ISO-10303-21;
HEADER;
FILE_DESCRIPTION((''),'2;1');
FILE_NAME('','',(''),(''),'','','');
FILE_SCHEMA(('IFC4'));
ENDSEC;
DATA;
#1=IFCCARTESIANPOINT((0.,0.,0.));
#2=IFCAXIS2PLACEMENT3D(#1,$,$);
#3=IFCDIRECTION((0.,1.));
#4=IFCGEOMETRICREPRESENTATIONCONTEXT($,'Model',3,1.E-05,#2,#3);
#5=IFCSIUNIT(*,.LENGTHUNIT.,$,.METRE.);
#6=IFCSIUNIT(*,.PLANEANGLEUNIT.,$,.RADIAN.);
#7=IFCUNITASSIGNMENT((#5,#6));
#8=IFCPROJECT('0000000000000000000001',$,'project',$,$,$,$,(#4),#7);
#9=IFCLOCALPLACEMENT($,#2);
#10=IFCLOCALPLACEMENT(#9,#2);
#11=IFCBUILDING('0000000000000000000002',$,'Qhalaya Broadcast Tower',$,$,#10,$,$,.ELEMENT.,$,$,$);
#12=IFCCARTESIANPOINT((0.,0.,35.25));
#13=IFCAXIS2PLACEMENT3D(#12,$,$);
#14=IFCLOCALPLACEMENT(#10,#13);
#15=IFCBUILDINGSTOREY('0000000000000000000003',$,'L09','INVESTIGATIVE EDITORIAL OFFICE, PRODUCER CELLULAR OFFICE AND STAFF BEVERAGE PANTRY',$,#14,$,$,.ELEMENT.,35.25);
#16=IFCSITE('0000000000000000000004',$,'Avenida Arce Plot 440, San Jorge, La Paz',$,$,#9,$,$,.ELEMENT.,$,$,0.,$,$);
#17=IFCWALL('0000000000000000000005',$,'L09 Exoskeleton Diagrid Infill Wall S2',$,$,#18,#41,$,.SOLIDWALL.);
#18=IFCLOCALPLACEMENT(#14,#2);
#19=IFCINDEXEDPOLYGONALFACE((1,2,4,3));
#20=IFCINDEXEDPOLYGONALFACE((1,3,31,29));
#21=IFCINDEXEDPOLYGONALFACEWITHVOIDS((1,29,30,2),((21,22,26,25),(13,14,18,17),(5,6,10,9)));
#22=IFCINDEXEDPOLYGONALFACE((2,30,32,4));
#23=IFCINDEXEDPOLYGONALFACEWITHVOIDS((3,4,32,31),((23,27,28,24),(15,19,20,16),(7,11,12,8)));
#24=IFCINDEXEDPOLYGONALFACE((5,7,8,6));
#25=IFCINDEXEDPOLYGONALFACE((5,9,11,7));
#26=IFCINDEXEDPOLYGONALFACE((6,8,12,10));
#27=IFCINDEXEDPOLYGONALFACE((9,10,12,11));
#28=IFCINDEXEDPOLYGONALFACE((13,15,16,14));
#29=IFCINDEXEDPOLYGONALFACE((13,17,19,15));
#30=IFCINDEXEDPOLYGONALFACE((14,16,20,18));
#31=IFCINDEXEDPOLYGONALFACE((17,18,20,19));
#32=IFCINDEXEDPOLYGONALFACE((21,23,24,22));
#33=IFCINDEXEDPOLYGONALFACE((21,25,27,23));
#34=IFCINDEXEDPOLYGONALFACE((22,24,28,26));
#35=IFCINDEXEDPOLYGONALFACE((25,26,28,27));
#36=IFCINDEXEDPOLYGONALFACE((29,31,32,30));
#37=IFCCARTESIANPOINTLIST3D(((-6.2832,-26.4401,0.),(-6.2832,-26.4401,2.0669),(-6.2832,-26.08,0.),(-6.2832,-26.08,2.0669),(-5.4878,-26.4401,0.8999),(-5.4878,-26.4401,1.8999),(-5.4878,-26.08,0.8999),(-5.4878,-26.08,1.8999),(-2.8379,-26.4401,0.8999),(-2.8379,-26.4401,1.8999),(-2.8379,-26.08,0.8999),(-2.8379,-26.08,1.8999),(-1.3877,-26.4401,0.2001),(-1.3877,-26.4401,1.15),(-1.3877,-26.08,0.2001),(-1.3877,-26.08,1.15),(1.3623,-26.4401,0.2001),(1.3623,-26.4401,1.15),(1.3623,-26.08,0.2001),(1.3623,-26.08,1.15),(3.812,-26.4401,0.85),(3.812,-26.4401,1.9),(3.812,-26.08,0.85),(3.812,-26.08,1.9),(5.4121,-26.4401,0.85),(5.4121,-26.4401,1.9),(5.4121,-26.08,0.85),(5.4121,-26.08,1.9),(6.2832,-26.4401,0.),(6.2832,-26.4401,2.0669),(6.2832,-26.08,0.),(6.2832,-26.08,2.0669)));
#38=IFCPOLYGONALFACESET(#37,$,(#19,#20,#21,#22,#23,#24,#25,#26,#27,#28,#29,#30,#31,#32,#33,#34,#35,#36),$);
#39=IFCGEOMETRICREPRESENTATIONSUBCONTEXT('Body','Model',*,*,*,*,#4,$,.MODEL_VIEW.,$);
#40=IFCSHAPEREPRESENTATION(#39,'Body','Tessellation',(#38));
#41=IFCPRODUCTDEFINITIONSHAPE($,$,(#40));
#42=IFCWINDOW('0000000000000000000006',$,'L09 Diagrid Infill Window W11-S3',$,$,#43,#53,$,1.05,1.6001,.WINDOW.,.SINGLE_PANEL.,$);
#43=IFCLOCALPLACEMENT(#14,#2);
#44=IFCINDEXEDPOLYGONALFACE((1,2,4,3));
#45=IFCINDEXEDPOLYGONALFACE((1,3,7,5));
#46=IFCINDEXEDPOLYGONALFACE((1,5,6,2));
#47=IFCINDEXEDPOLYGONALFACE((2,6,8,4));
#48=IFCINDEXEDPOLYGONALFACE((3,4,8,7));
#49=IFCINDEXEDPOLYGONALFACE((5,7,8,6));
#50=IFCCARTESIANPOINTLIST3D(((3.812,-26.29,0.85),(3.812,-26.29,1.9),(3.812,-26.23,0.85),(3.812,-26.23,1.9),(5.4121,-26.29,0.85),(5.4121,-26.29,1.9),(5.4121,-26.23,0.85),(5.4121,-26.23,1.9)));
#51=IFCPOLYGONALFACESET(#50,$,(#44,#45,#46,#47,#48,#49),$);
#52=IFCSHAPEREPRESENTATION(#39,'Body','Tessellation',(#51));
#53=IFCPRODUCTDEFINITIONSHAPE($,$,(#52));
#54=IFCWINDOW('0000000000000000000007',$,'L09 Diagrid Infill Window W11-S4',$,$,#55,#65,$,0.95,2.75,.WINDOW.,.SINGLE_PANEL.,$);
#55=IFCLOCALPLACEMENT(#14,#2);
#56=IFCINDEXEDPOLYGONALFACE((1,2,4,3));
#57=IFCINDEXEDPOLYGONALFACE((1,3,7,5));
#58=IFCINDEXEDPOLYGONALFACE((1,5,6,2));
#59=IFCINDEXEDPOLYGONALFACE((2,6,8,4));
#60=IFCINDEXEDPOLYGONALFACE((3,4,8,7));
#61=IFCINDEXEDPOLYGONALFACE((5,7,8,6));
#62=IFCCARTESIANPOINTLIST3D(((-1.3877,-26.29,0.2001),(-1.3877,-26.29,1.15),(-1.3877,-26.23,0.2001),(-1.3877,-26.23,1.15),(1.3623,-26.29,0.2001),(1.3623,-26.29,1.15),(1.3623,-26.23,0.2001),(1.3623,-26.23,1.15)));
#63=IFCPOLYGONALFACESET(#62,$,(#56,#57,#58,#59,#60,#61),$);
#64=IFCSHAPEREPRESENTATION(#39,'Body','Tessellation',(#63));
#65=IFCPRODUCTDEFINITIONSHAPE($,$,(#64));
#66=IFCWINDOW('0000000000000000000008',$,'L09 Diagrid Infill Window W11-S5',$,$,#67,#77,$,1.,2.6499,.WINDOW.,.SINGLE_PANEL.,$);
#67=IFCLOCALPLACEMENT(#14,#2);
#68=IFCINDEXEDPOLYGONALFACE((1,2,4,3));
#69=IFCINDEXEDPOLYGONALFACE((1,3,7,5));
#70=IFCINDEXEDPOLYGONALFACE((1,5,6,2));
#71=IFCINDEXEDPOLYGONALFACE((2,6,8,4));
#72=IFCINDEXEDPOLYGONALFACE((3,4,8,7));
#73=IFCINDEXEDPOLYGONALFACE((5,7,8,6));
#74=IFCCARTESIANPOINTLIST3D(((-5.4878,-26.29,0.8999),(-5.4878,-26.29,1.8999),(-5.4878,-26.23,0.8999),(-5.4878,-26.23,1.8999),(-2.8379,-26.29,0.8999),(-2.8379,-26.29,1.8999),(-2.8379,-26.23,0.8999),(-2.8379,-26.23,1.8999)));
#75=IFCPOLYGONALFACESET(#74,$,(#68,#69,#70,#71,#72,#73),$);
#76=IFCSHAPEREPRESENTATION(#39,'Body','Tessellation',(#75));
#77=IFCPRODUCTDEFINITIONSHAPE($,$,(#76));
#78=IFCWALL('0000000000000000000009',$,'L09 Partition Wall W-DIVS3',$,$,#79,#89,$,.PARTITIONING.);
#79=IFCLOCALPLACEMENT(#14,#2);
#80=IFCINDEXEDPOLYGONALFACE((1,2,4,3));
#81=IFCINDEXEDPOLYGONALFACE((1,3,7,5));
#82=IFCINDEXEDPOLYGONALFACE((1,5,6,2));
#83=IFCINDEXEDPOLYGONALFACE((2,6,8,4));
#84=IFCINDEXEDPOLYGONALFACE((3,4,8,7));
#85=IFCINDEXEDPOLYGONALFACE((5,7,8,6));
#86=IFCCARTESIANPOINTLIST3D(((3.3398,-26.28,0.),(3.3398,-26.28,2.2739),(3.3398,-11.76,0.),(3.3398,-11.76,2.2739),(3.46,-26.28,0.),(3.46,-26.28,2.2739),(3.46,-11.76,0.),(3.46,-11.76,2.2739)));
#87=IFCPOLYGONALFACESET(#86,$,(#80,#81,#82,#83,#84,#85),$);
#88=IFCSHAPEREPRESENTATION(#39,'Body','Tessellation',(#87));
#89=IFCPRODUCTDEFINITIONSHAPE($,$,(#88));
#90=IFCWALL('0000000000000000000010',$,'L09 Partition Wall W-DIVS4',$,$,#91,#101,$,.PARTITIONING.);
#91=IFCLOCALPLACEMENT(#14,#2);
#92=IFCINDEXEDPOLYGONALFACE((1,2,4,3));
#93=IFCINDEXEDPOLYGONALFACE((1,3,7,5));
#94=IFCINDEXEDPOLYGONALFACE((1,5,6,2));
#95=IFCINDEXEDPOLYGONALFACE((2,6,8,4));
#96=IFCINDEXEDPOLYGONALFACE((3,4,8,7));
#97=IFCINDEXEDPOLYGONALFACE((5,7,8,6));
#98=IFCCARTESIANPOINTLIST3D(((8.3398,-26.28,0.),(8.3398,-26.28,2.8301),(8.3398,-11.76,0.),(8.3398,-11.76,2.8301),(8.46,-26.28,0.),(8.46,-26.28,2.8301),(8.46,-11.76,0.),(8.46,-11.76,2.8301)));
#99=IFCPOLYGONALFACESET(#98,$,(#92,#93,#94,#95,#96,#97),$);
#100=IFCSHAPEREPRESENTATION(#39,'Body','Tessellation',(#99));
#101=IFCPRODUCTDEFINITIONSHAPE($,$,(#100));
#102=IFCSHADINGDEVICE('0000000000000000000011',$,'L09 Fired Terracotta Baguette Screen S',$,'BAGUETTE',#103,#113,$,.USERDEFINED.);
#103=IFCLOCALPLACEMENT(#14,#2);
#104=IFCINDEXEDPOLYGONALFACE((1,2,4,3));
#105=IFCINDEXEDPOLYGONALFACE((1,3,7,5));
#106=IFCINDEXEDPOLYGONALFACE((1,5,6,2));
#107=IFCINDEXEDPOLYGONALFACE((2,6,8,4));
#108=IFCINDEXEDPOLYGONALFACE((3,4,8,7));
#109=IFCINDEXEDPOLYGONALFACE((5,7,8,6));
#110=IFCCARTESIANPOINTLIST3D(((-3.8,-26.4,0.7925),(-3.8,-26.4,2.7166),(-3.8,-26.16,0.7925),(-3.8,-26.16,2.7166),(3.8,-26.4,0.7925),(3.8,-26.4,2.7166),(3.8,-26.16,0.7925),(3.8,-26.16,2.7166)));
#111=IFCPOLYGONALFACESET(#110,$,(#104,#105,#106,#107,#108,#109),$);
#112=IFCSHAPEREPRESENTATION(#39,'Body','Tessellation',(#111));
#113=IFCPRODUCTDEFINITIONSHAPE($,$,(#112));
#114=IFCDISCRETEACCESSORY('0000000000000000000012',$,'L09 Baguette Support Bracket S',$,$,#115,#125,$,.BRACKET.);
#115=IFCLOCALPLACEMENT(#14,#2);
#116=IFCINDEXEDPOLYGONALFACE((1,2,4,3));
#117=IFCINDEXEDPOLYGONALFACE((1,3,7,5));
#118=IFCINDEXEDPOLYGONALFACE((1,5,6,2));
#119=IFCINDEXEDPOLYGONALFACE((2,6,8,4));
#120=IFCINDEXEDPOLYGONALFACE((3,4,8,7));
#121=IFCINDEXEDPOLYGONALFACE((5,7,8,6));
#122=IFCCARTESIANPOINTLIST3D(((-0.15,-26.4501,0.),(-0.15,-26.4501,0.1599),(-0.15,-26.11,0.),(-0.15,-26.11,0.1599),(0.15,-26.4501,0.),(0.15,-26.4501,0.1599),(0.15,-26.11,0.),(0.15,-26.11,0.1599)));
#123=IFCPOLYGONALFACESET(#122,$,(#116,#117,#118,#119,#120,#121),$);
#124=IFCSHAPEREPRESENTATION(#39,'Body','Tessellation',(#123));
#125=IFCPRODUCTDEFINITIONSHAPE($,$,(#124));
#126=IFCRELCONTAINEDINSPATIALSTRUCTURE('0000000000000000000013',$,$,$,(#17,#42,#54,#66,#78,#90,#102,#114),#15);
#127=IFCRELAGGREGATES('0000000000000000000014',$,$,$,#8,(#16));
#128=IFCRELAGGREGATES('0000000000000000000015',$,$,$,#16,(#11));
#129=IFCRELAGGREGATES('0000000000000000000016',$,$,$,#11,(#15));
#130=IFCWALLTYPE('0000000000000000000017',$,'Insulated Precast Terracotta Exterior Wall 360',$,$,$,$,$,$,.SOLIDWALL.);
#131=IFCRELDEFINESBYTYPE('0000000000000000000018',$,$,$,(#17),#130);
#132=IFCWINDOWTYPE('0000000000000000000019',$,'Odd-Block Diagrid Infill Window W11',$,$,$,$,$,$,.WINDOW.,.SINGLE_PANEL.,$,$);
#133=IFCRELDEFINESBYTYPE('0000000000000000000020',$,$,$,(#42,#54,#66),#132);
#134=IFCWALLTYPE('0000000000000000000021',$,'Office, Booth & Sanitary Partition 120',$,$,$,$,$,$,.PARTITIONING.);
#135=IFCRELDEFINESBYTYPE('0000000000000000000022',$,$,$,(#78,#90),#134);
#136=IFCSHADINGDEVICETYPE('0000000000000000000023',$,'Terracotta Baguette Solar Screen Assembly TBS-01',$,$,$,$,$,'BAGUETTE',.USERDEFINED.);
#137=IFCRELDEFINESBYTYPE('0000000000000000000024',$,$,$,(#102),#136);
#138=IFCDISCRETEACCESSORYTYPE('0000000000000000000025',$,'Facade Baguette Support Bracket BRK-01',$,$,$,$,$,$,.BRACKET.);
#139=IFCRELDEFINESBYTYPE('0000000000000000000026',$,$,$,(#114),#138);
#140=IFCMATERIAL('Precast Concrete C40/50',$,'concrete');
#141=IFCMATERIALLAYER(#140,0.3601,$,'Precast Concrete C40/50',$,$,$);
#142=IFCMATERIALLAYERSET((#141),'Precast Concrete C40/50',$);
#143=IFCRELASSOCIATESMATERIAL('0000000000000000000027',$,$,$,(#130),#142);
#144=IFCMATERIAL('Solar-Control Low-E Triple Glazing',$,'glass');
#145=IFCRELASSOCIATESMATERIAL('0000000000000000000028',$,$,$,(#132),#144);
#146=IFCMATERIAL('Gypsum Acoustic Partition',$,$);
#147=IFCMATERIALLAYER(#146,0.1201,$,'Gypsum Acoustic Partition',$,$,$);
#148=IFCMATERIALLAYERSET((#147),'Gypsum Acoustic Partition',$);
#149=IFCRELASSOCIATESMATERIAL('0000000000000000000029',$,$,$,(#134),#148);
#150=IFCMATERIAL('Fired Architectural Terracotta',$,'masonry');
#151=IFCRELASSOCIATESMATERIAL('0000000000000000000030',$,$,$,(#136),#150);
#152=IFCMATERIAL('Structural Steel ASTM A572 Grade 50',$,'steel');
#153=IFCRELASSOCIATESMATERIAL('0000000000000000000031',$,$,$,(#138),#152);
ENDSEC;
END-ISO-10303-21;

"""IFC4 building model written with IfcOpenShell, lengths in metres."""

from ifc_helpers import new_model, si_unit, direction, frame, frame_2d, origin, origin_2d, place, context, subcontext, project, spatial, rectangle, extrude, material, layer, layer_set, type_object, element, fill, save


model = new_model("IFC4")

# Units and contexts
model_context = context("Model", 3, precision=1e-05, world=origin(), true_north=direction((0.0, 1.0)))
body_context = subcontext(model_context, "Body", "Model", "MODEL_VIEW")
ifc_project = project(units=[si_unit("LENGTHUNIT", "METRE"), si_unit("PLANEANGLEUNIT", "RADIAN")], contexts=[model_context])

# Site, building, storey
site_placement = place(None, origin())
site = spatial("IfcSite", under=ifc_project, at=site_placement, Name="Avenida Arce Plot 440, San Jorge, La Paz", CompositionType="ELEMENT", RefElevation=0.0)
building_placement = place(site_placement, origin())
building = spatial("IfcBuilding", under=site, at=building_placement, Name="Qhalaya Broadcast Tower", CompositionType="ELEMENT")
storey_placement = place(building_placement, frame((0.0, 0.0, 35.25)))
storey = spatial("IfcBuildingStorey", under=building, at=storey_placement, Name="L09", Description="INVESTIGATIVE EDITORIAL OFFICE, PRODUCER CELLULAR OFFICE AND STAFF BEVERAGE PANTRY", CompositionType="ELEMENT", Elevation=35.25)

# Shared definitions
ifc_material_1 = material(Name="Structural Steel ASTM A572 Grade 50", Category="steel")

# Shared definitions
ifc_material_2 = material(Name="Gypsum Acoustic Partition")

# Wall, openings, windows
ifc_material_3 = material(Name="Precast Concrete C40/50", Category="concrete")
ifc_layer_1 = layer(ifc_material_3, 0.3601, Name="Precast Concrete C40/50")
ifc_layer_set_1 = layer_set([ifc_layer_1], Name="Precast Concrete C40/50")
wall_type_1 = type_object("IfcWallType", Name="Insulated Precast Terracotta Exterior Wall 360", PredefinedType="SOLIDWALL", material=ifc_layer_set_1)
wall_1_placement = place(storey_placement, frame((6.2832, -26.26, 0.0), z_axis=(0.0, 0.0, 1.0), x_axis=(-1.0, 0.0, 0.0)))
wall_1 = element("IfcWall", 1, at=wall_1_placement, inside=storey, type_object=wall_type_1, Name="L09 Exoskeleton Diagrid Infill Wall S2", PredefinedType="SOLIDWALL", context=body_context, shape_type="SweptSolid", body=[
    extrude(rectangle(XDim=12.5664, YDim=0.3601, at=frame_2d((6.2832, 0.0))), origin(), (0.0, 0.0, 1.0), 2.0669),
])
opening_1_placement = place(wall_1_placement, frame((0.8711, 0.0, 0.8501)))
opening_1 = element("IfcOpeningElement", 2, at=opening_1_placement, cuts=wall_1, PredefinedType="OPENING", context=body_context, shape_type="SweptSolid", body=[
    extrude(rectangle(XDim=1.6001, YDim=1.05, at=frame_2d((0.8, 0.5249))), frame((0.0, 0.1921, 0.0), z_axis=(0.0, -1.0, 0.0), x_axis=(1.0, 0.0, 0.0)), (0.0, 0.0, 1.0), 0.384),
])
opening_2_placement = place(wall_1_placement, frame((4.9209, 0.0, 0.2)))
opening_2 = element("IfcOpeningElement", 3, at=opening_2_placement, cuts=wall_1, PredefinedType="OPENING", context=body_context, shape_type="SweptSolid", body=[
    extrude(rectangle(XDim=2.75, YDim=0.95, at=frame_2d((1.375, 0.4751))), frame((0.0, 0.1921, 0.0), z_axis=(0.0, -1.0, 0.0), x_axis=(1.0, 0.0, 0.0)), (0.0, 0.0, 1.0), 0.384),
])
opening_3_placement = place(wall_1_placement, frame((9.1211, 0.0, 0.8999)))
opening_3 = element("IfcOpeningElement", 4, at=opening_3_placement, cuts=wall_1, PredefinedType="OPENING", context=body_context, shape_type="SweptSolid", body=[
    extrude(rectangle(XDim=2.6499, YDim=1.0, at=frame_2d((1.325, 0.5))), frame((0.0, 0.1921, 0.0), z_axis=(0.0, -1.0, 0.0), x_axis=(1.0, 0.0, 0.0)), (0.0, 0.0, 1.0), 0.384),
])
ifc_material_4 = material(Name="Solar-Control Low-E Triple Glazing", Category="glass")
window_type = type_object("IfcWindowType", Name="Odd-Block Diagrid Infill Window W11", PartitioningType="SINGLE_PANEL", PredefinedType="WINDOW", material=ifc_material_4)
window_1_placement = place(opening_1_placement, origin())
window_1 = element("IfcWindow", 5, at=window_1_placement, inside=storey, type_object=window_type, Name="L09 Diagrid Infill Window W11-S3", OverallHeight=1.05, OverallWidth=1.6001, PartitioningType="SINGLE_PANEL", PredefinedType="WINDOW", context=body_context, shape_type="SweptSolid", body=[
    extrude(rectangle(XDim=1.6001, YDim=1.05, at=frame_2d((0.8, 0.5249))), frame((0.0, 0.03, 0.0), z_axis=(0.0, -1.0, 0.0), x_axis=(1.0, 0.0, 0.0)), (0.0, 0.0, 1.0), 0.0601),
])
fill(opening_1, window_1)
window_2_placement = place(opening_2_placement, origin())
window_2 = element("IfcWindow", 6, at=window_2_placement, inside=storey, type_object=window_type, Name="L09 Diagrid Infill Window W11-S4", OverallHeight=0.95, OverallWidth=2.75, PartitioningType="SINGLE_PANEL", PredefinedType="WINDOW", context=body_context, shape_type="SweptSolid", body=[
    extrude(rectangle(XDim=2.75, YDim=0.95, at=frame_2d((1.375, 0.4751))), frame((0.0, 0.03, 0.0), z_axis=(0.0, -1.0, 0.0), x_axis=(1.0, 0.0, 0.0)), (0.0, 0.0, 1.0), 0.0601),
])
fill(opening_2, window_2)
window_3_placement = place(opening_3_placement, origin())
window_3 = element("IfcWindow", 7, at=window_3_placement, inside=storey, type_object=window_type, Name="L09 Diagrid Infill Window W11-S5", OverallHeight=1.0, OverallWidth=2.6499, PartitioningType="SINGLE_PANEL", PredefinedType="WINDOW", context=body_context, shape_type="SweptSolid", body=[
    extrude(rectangle(XDim=2.6499, YDim=1.0, at=frame_2d((1.325, 0.5))), frame((0.0, 0.03, 0.0), z_axis=(0.0, -1.0, 0.0), x_axis=(1.0, 0.0, 0.0)), (0.0, 0.0, 1.0), 0.0601),
])
fill(opening_3, window_3)

# Walls
ifc_layer_2 = layer(ifc_material_2, 0.1201, Name="Gypsum Acoustic Partition")
ifc_layer_set_2 = layer_set([ifc_layer_2], Name="Gypsum Acoustic Partition")
wall_type_2 = type_object("IfcWallType", Name="Office, Booth & Sanitary Partition 120", PredefinedType="PARTITIONING", material=ifc_layer_set_2)
wall_2_placement = place(storey_placement, frame((3.3999, -26.28, 0.0), z_axis=(0.0, 0.0, 1.0), x_axis=(0.0, 1.0, 0.0)))
element("IfcWall", 8, at=wall_2_placement, inside=storey, type_object=wall_type_2, Name="L09 Partition Wall W-DIVS3", PredefinedType="PARTITIONING", context=body_context, shape_type="SweptSolid", body=[
    extrude(rectangle(XDim=14.52, YDim=0.1201, at=frame_2d((7.26, 0.0))), origin(), (0.0, 0.0, 1.0), 2.2739),
])
wall_3_placement = place(storey_placement, frame((8.3999, -26.28, 0.0), z_axis=(0.0, 0.0, 1.0), x_axis=(0.0, 1.0, 0.0)))
element("IfcWall", 9, at=wall_3_placement, inside=storey, type_object=wall_type_2, Name="L09 Partition Wall W-DIVS4", PredefinedType="PARTITIONING", context=body_context, shape_type="SweptSolid", body=[
    extrude(rectangle(XDim=14.52, YDim=0.1201, at=frame_2d((7.26, 0.0))), origin(), (0.0, 0.0, 1.0), 2.8301),
])

# Shading device
ifc_material_5 = material(Name="Fired Architectural Terracotta", Category="masonry")
shading_device_type = type_object("IfcShadingDeviceType", Name="Terracotta Baguette Solar Screen Assembly TBS-01", ElementType="BAGUETTE", PredefinedType="USERDEFINED", material=ifc_material_5)
shading_device_placement = place(storey_placement, frame((0.0, -26.28, 0.7925), z_axis=(0.0, 0.0, 1.0), x_axis=(1.0, 0.0, 0.0)))
element("IfcShadingDevice", 10, at=shading_device_placement, inside=storey, type_object=shading_device_type, Name="L09 Fired Terracotta Baguette Screen S", ObjectType="BAGUETTE", PredefinedType="USERDEFINED", context=body_context, shape_type="SweptSolid", body=[
    extrude(rectangle(XDim=7.6001, YDim=0.24, at=origin_2d()), origin(), (0.0, 0.0, 1.0), 1.9241),
])

# Discrete accessory
discrete_accessory_type = type_object("IfcDiscreteAccessoryType", Name="Facade Baguette Support Bracket BRK-01", PredefinedType="BRACKET", material=ifc_material_1)
discrete_accessory_placement = place(storey_placement, frame((0.0, -26.28, 0.0), z_axis=(0.0, 0.0, 1.0), x_axis=(1.0, 0.0, 0.0)))
element("IfcDiscreteAccessory", 11, at=discrete_accessory_placement, inside=storey, type_object=discrete_accessory_type, Name="L09 Baguette Support Bracket S", PredefinedType="BRACKET", context=body_context, shape_type="SweptSolid", body=[
    extrude(rectangle(XDim=0.3, YDim=0.3401, at=origin_2d()), origin(), (0.0, 0.0, 1.0), 0.1599),
])

save(model, "model.ifc")
